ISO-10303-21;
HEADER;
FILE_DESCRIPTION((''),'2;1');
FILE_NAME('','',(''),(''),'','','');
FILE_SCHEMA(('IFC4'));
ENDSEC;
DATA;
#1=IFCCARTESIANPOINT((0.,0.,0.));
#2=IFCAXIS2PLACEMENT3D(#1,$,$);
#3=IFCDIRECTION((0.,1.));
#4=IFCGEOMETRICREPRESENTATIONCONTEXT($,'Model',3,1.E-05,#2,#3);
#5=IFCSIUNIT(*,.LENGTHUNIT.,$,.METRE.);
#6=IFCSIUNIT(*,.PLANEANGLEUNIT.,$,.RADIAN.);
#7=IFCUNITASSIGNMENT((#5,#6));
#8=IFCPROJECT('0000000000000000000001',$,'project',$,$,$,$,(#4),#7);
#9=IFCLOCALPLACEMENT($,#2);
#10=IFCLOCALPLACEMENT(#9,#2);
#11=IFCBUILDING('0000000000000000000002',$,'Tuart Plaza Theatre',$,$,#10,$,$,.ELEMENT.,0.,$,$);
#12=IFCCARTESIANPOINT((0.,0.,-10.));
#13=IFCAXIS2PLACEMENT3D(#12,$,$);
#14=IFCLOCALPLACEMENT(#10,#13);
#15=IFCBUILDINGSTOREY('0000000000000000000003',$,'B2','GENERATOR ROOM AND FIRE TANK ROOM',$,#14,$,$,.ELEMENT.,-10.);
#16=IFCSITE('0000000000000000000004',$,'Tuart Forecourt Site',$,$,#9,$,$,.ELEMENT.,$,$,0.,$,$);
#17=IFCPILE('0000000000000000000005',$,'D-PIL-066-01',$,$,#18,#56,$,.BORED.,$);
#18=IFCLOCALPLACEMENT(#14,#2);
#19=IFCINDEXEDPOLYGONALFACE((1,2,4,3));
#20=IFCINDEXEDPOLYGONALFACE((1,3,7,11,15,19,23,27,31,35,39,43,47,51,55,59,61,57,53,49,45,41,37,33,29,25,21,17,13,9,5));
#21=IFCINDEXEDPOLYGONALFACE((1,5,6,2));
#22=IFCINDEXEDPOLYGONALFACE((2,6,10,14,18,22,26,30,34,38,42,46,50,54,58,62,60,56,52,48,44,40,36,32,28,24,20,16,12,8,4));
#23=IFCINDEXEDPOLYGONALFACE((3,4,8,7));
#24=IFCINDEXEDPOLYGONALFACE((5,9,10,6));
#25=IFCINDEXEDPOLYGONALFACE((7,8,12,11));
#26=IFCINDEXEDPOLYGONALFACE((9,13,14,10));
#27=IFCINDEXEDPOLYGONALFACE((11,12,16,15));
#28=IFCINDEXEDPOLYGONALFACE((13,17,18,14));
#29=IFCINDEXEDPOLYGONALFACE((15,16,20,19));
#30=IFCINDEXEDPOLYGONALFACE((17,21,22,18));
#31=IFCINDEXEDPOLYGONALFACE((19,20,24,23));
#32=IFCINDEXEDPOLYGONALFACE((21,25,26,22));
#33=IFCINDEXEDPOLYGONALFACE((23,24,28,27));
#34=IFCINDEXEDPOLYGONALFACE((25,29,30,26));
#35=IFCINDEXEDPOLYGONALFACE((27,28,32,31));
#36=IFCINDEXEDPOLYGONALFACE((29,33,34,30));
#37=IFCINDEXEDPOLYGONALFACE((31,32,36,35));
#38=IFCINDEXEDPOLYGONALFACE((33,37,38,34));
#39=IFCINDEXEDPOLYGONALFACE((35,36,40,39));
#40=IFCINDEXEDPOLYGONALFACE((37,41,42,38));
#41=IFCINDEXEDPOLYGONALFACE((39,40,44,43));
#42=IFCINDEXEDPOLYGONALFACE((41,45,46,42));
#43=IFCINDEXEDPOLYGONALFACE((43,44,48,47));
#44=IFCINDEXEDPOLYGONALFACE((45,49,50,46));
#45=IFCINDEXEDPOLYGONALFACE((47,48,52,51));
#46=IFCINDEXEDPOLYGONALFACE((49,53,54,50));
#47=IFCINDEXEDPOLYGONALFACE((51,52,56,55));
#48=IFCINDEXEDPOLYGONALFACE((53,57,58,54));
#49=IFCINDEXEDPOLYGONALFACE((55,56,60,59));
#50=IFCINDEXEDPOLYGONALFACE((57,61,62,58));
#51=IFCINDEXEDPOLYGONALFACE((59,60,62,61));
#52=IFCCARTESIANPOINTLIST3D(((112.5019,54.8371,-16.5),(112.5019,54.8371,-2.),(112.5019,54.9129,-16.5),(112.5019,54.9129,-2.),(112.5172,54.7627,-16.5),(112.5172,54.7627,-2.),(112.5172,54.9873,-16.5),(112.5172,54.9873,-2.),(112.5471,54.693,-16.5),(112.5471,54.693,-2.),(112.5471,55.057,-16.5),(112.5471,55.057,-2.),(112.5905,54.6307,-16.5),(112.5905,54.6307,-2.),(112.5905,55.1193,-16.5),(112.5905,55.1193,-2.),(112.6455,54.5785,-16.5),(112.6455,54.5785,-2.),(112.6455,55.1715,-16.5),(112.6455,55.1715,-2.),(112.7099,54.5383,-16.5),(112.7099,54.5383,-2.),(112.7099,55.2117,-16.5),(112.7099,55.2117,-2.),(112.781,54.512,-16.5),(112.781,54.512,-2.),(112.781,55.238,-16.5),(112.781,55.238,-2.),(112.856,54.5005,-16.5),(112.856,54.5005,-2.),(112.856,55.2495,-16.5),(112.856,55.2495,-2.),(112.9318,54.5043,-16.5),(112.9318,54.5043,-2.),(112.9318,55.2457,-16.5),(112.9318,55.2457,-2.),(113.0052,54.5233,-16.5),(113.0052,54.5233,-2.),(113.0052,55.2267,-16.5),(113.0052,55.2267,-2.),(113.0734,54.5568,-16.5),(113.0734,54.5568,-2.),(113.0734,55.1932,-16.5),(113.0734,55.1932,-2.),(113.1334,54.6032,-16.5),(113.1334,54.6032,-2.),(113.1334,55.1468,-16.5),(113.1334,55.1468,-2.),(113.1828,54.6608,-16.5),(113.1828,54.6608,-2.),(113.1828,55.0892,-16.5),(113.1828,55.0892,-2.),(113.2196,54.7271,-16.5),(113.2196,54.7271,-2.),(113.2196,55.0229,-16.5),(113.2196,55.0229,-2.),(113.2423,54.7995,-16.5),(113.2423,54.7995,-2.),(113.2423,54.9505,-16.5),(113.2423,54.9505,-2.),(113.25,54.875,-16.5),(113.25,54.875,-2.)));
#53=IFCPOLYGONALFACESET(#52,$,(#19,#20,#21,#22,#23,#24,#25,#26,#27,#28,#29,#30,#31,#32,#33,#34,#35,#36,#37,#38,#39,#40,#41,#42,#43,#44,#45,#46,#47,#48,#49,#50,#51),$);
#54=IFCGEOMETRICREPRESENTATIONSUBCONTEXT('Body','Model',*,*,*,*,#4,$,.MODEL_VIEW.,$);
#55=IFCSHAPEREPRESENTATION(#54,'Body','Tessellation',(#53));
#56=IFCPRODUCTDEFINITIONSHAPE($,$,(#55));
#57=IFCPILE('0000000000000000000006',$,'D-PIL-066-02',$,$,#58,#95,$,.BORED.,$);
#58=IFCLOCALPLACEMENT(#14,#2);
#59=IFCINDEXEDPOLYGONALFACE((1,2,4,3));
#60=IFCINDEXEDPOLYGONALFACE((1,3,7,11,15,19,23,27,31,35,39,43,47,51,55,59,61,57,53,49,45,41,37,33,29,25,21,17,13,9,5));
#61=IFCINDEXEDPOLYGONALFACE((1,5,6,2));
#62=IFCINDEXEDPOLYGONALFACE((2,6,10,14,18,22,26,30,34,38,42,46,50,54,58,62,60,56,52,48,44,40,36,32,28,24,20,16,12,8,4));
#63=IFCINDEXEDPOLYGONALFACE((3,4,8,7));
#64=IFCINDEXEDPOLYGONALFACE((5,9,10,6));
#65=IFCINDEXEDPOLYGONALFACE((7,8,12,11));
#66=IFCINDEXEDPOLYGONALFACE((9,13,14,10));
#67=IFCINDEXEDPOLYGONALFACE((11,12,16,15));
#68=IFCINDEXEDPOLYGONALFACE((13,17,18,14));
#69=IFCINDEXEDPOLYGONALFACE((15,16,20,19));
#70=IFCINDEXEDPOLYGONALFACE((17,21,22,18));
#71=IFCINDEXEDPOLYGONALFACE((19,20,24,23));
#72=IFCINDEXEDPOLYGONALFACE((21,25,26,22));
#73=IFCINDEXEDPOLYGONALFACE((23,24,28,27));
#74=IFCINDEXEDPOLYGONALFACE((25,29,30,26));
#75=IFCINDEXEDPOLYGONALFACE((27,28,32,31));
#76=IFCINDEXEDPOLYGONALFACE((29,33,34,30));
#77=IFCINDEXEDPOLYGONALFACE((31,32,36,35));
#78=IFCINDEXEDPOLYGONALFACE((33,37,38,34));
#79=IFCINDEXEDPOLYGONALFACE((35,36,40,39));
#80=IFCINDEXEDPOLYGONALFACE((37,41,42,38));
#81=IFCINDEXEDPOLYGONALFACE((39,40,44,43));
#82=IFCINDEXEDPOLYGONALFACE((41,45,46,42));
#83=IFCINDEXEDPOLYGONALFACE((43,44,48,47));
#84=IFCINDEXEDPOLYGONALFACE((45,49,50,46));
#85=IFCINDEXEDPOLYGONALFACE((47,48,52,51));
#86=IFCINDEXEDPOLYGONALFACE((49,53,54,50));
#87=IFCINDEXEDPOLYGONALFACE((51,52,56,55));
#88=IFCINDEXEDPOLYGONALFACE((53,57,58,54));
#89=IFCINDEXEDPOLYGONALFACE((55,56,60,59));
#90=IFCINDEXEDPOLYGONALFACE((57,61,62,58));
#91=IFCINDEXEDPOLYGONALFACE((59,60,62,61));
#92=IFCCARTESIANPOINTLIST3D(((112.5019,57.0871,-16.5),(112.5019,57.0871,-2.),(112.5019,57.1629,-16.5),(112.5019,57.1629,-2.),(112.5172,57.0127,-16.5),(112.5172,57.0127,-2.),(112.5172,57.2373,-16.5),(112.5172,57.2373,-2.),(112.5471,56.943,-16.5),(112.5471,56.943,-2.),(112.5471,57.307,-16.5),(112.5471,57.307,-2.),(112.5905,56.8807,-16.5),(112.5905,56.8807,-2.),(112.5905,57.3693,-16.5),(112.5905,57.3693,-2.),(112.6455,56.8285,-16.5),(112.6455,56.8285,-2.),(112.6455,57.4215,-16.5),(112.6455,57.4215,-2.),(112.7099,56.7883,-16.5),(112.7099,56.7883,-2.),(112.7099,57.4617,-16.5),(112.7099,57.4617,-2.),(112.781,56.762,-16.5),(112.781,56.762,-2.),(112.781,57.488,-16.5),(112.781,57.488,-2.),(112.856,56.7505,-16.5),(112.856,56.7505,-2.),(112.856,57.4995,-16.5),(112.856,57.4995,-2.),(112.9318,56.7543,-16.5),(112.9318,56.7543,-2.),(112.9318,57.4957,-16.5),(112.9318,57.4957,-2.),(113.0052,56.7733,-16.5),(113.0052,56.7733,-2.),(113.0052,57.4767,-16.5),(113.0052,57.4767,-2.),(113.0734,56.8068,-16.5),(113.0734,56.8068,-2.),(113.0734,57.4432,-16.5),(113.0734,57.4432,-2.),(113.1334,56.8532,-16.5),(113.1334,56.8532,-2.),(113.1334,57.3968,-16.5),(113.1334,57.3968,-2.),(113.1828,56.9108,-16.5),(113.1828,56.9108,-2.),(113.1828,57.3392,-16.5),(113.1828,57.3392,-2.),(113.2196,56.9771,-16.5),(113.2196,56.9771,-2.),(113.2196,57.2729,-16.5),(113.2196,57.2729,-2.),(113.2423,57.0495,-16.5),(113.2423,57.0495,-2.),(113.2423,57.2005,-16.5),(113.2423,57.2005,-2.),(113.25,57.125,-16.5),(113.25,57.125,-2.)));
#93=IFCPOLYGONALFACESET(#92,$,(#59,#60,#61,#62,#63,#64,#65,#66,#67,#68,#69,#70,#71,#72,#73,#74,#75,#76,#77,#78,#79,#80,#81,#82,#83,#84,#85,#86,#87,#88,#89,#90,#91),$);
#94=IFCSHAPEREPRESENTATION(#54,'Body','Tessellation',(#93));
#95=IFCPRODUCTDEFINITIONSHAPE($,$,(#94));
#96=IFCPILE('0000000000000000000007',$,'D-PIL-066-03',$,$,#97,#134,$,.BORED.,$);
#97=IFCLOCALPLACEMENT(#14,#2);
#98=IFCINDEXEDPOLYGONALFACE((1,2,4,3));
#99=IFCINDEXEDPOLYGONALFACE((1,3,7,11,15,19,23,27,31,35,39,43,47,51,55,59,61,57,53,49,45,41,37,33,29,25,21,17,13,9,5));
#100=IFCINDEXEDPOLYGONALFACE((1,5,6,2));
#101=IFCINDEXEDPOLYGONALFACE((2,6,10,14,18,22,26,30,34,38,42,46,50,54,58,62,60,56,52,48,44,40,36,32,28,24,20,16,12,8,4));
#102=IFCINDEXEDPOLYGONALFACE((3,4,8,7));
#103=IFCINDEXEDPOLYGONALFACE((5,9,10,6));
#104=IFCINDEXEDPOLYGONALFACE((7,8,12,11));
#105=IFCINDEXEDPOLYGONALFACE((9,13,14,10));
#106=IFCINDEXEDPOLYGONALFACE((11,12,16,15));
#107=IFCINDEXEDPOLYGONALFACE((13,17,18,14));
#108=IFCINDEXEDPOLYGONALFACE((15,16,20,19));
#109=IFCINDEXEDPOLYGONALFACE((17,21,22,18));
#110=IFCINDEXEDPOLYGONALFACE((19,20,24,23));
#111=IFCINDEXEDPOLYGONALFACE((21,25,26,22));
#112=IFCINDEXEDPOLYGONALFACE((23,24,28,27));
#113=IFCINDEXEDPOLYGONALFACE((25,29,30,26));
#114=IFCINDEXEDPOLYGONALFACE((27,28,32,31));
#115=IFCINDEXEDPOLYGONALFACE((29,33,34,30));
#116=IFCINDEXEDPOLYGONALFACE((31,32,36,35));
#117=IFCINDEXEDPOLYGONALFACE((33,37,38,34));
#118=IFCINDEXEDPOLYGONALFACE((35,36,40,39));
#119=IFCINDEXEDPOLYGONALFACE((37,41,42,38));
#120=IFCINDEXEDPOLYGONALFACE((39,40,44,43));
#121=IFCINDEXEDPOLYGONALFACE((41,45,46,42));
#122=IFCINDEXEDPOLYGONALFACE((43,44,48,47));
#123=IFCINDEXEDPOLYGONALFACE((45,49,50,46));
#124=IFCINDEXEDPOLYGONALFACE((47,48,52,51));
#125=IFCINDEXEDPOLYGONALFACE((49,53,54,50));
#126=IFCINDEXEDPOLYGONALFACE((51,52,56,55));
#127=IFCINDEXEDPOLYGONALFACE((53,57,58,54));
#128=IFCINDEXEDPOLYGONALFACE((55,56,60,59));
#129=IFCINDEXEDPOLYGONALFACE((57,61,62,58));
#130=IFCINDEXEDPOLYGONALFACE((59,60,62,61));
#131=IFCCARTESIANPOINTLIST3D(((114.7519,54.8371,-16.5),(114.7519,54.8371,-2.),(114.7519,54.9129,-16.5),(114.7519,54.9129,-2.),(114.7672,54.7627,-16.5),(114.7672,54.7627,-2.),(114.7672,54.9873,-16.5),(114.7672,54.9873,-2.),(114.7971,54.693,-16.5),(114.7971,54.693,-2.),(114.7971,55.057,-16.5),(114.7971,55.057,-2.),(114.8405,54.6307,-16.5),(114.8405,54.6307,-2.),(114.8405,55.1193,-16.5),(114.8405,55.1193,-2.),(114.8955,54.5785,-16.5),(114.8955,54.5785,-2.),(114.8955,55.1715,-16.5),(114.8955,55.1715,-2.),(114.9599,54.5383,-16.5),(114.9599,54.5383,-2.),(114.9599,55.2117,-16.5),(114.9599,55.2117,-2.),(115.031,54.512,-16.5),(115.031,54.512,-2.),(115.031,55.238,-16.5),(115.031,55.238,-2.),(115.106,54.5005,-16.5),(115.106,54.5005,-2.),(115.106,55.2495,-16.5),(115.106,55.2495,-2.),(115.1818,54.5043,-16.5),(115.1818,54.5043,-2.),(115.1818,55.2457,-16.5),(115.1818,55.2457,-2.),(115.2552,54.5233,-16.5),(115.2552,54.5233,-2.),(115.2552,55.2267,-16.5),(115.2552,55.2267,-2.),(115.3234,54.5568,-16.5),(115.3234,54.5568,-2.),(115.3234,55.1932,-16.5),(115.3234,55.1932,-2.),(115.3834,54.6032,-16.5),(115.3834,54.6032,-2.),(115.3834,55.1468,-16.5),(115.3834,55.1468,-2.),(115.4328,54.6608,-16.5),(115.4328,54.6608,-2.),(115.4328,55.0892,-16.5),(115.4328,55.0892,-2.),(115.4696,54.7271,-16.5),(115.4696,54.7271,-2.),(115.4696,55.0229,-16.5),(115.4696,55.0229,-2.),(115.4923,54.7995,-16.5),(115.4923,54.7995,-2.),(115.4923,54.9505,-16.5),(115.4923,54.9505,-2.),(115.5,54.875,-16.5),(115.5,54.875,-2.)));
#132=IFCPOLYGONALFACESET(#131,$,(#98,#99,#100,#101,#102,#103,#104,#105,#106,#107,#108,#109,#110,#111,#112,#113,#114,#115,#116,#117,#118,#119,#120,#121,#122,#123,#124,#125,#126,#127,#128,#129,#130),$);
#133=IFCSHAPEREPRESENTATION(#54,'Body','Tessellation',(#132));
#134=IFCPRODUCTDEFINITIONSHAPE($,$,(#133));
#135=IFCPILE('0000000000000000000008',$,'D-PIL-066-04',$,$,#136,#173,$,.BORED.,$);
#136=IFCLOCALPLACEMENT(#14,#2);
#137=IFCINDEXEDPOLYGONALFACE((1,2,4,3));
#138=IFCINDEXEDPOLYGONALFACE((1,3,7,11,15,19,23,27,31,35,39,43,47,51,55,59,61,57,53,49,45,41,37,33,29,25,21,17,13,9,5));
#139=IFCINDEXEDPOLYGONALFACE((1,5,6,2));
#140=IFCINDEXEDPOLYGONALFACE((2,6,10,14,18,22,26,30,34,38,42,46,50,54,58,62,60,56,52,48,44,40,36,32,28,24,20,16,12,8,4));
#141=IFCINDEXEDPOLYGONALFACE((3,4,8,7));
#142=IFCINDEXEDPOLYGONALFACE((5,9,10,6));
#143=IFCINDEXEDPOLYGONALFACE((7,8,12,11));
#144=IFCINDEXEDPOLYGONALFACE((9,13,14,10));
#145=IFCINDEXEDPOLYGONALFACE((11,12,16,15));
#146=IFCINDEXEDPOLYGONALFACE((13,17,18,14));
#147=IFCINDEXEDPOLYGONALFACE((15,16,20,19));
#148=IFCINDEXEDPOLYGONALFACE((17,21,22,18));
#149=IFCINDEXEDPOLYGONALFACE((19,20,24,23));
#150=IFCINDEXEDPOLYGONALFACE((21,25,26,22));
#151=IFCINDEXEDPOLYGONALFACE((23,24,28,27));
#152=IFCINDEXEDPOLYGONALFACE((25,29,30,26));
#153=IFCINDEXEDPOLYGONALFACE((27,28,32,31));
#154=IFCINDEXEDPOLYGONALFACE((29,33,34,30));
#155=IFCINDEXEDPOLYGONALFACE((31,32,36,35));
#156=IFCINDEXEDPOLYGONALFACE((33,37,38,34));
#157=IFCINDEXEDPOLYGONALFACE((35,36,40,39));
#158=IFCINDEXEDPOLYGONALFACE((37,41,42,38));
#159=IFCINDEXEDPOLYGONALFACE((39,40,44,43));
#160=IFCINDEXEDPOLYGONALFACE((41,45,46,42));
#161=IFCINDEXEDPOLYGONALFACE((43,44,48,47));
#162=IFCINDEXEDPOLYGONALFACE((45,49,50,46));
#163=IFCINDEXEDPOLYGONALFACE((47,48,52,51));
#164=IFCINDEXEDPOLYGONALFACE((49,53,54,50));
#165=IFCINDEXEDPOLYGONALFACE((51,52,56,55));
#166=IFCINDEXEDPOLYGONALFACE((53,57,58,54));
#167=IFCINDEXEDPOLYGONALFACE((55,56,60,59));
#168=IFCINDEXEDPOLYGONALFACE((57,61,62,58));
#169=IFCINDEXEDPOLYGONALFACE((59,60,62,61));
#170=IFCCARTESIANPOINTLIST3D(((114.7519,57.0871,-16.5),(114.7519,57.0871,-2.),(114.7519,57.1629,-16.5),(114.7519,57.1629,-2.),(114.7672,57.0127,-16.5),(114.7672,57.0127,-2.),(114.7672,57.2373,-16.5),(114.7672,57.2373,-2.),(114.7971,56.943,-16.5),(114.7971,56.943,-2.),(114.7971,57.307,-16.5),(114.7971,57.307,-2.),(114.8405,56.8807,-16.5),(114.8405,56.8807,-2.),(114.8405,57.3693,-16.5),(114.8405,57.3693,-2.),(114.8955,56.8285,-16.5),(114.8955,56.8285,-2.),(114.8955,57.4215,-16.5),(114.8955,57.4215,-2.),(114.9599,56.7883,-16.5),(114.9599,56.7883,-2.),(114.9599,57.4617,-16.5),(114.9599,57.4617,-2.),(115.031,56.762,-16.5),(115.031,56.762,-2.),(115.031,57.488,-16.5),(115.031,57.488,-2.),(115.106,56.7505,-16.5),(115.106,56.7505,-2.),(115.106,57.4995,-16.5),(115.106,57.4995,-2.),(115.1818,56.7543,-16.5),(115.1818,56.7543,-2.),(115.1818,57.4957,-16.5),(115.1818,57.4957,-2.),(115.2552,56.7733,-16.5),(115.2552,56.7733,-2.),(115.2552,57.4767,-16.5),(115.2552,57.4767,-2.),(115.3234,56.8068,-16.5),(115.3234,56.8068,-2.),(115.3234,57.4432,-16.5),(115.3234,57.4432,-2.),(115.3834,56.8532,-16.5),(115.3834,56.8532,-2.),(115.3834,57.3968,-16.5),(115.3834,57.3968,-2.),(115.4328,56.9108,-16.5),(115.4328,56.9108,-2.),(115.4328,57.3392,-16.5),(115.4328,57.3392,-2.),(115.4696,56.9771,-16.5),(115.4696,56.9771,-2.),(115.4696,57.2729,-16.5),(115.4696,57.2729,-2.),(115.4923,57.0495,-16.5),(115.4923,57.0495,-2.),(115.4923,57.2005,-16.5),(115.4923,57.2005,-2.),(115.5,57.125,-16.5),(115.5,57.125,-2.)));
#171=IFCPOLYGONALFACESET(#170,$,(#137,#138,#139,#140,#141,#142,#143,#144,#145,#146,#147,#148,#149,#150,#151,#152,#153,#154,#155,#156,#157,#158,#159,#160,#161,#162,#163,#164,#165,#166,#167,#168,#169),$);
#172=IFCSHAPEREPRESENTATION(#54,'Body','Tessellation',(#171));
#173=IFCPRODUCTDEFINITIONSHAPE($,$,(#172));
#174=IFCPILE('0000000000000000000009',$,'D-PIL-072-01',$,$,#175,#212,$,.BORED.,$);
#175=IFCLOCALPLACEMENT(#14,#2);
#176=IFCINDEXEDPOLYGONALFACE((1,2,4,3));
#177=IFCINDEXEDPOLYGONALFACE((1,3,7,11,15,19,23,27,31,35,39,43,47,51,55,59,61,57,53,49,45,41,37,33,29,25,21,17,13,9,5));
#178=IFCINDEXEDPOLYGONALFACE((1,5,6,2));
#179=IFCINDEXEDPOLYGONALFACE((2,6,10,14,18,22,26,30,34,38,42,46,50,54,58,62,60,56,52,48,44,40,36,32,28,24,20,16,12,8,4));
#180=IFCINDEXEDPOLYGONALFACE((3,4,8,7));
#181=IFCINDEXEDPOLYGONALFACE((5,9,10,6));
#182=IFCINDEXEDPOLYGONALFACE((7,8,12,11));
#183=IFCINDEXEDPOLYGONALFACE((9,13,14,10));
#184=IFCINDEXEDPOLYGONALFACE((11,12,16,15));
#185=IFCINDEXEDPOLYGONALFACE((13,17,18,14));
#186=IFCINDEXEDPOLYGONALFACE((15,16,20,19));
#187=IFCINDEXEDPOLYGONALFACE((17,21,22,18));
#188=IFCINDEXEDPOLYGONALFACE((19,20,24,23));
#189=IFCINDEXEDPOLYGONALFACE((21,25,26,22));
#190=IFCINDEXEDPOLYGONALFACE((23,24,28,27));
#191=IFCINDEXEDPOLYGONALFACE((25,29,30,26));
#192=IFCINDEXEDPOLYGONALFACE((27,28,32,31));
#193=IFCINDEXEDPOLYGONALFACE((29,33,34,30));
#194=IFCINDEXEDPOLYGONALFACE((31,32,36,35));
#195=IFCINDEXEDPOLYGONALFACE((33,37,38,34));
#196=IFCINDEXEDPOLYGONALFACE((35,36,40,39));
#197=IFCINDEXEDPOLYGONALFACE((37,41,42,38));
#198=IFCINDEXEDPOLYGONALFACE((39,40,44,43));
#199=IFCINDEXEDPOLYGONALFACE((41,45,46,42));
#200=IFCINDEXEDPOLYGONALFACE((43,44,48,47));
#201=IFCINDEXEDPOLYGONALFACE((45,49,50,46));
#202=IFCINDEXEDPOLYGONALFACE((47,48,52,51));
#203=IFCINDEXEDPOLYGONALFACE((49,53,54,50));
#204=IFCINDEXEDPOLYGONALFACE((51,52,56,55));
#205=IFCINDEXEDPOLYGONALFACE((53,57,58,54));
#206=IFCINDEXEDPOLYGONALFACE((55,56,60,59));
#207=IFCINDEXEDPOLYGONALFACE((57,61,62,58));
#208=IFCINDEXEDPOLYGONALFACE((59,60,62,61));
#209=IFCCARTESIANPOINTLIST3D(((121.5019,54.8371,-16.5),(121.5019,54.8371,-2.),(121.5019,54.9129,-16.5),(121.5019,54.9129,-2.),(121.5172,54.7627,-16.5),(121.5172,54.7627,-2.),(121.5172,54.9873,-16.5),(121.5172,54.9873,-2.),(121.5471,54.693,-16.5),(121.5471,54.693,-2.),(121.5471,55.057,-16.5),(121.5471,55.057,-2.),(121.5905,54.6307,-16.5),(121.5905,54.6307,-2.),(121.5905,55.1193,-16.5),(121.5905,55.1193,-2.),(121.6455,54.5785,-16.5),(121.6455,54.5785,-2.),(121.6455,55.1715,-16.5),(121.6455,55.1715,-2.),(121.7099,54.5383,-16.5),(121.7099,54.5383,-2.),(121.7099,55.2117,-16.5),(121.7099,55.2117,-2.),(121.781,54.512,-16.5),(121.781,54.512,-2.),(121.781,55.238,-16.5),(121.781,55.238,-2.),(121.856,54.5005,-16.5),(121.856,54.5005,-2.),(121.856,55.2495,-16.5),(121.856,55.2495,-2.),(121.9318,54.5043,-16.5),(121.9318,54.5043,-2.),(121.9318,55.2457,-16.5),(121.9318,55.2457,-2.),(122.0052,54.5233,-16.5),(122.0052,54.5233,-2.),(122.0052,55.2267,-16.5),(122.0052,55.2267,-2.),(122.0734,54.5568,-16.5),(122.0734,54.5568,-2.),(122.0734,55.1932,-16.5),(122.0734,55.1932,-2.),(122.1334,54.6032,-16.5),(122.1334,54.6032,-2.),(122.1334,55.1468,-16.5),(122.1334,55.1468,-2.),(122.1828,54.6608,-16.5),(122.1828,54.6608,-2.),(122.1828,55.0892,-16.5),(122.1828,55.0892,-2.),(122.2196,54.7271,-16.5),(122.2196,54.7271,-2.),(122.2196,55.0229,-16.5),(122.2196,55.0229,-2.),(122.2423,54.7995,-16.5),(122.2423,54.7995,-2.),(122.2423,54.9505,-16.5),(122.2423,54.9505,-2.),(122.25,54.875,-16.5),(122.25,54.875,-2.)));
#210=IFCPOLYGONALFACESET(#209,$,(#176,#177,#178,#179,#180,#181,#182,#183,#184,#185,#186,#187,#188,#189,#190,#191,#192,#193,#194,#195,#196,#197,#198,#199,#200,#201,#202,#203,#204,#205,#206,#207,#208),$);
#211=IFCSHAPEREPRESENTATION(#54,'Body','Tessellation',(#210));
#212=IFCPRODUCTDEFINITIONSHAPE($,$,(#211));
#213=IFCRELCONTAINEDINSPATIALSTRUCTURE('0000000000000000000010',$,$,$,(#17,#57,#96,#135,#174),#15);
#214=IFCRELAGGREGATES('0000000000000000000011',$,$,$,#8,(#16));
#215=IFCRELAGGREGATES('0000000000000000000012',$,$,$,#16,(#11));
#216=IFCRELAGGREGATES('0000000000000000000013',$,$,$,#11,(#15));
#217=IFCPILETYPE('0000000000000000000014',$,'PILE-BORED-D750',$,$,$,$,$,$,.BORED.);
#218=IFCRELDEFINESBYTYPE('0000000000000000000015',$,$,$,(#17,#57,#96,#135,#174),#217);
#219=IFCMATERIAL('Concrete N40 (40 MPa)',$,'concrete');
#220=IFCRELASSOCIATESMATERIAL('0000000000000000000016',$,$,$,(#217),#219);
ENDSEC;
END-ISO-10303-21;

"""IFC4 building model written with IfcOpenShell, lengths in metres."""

from ifc_helpers import new_model, si_unit, direction, frame, origin, origin_2d, place, context, subcontext, project, spatial, circle, extrude, material, material_profile, profile_set, type_object, element, save


model = new_model("IFC4")

# Units and contexts
model_context = context("Model", 3, precision=1e-05, world=origin(), true_north=direction((0.0, 1.0)))
body_context = subcontext(model_context, "Body", "Model", "MODEL_VIEW")
ifc_project = project(units=[si_unit("LENGTHUNIT", "METRE"), si_unit("PLANEANGLEUNIT", "RADIAN")], contexts=[model_context])

# Site, building, storey
site_placement = place(None, origin())
site = spatial("IfcSite", under=ifc_project, at=site_placement, Name="Tuart Forecourt Site", CompositionType="ELEMENT", RefElevation=0.0)
building_placement = place(site_placement, origin())
building = spatial("IfcBuilding", under=site, at=building_placement, Name="Tuart Plaza Theatre", CompositionType="ELEMENT", ElevationOfRefHeight=0.0)
storey_placement = place(building_placement, frame((0.0, 0.0, -10.0)))
storey = spatial("IfcBuildingStorey", under=building, at=storey_placement, Name="B2", Description="GENERATOR ROOM AND FIRE TANK ROOM", CompositionType="ELEMENT", Elevation=-10.0)

# Piles
ifc_material_1 = material(Name="Concrete N40 (40 MPa)", Category="concrete")
ifc_material_profile_1 = material_profile(ifc_material_1, circle(Radius=0.375, at=origin_2d()), Name="PILE-BORED-D750")
ifc_profile_set_1 = profile_set([ifc_material_profile_1], Name="Concrete N40 (40 MPa)")
pile_type_1 = type_object("IfcPileType", Name="PILE-BORED-D750", PredefinedType="BORED", material=ifc_profile_set_1)
for number, where, z_axis, x_axis, name in (
    (1, (112.875, 54.875, -2.0), (0.0, 0.0, -1.0), (1.0, 0.0, 0.0), "D-PIL-066-01"),
    (2, (112.875, 57.125, -2.0), (0.0, 0.0, -1.0), (1.0, 0.0, 0.0), "D-PIL-066-02"),
    (3, (115.125, 54.875, -2.0), (0.0, 0.0, -1.0), (1.0, 0.0, 0.0), "D-PIL-066-03"),
    (4, (115.125, 57.125, -2.0), (0.0, 0.0, -1.0), (1.0, 0.0, 0.0), "D-PIL-066-04"),
    (5, (121.875, 54.875, -2.0), (0.0, 0.0, -1.0), (1.0, 0.0, 0.0), "D-PIL-072-01"),
):
    element("IfcPile", number, at=place(storey_placement, frame(where, z_axis=z_axis, x_axis=x_axis)), inside=storey, type_object=pile_type_1, Name=name, PredefinedType="BORED", context=body_context, shape_type="SweptSolid", body=[
        extrude(circle(Radius=0.375, at=origin_2d()), origin(), (0.0, 0.0, 1.0), 14.5),
    ])

save(model, "model.ifc")
